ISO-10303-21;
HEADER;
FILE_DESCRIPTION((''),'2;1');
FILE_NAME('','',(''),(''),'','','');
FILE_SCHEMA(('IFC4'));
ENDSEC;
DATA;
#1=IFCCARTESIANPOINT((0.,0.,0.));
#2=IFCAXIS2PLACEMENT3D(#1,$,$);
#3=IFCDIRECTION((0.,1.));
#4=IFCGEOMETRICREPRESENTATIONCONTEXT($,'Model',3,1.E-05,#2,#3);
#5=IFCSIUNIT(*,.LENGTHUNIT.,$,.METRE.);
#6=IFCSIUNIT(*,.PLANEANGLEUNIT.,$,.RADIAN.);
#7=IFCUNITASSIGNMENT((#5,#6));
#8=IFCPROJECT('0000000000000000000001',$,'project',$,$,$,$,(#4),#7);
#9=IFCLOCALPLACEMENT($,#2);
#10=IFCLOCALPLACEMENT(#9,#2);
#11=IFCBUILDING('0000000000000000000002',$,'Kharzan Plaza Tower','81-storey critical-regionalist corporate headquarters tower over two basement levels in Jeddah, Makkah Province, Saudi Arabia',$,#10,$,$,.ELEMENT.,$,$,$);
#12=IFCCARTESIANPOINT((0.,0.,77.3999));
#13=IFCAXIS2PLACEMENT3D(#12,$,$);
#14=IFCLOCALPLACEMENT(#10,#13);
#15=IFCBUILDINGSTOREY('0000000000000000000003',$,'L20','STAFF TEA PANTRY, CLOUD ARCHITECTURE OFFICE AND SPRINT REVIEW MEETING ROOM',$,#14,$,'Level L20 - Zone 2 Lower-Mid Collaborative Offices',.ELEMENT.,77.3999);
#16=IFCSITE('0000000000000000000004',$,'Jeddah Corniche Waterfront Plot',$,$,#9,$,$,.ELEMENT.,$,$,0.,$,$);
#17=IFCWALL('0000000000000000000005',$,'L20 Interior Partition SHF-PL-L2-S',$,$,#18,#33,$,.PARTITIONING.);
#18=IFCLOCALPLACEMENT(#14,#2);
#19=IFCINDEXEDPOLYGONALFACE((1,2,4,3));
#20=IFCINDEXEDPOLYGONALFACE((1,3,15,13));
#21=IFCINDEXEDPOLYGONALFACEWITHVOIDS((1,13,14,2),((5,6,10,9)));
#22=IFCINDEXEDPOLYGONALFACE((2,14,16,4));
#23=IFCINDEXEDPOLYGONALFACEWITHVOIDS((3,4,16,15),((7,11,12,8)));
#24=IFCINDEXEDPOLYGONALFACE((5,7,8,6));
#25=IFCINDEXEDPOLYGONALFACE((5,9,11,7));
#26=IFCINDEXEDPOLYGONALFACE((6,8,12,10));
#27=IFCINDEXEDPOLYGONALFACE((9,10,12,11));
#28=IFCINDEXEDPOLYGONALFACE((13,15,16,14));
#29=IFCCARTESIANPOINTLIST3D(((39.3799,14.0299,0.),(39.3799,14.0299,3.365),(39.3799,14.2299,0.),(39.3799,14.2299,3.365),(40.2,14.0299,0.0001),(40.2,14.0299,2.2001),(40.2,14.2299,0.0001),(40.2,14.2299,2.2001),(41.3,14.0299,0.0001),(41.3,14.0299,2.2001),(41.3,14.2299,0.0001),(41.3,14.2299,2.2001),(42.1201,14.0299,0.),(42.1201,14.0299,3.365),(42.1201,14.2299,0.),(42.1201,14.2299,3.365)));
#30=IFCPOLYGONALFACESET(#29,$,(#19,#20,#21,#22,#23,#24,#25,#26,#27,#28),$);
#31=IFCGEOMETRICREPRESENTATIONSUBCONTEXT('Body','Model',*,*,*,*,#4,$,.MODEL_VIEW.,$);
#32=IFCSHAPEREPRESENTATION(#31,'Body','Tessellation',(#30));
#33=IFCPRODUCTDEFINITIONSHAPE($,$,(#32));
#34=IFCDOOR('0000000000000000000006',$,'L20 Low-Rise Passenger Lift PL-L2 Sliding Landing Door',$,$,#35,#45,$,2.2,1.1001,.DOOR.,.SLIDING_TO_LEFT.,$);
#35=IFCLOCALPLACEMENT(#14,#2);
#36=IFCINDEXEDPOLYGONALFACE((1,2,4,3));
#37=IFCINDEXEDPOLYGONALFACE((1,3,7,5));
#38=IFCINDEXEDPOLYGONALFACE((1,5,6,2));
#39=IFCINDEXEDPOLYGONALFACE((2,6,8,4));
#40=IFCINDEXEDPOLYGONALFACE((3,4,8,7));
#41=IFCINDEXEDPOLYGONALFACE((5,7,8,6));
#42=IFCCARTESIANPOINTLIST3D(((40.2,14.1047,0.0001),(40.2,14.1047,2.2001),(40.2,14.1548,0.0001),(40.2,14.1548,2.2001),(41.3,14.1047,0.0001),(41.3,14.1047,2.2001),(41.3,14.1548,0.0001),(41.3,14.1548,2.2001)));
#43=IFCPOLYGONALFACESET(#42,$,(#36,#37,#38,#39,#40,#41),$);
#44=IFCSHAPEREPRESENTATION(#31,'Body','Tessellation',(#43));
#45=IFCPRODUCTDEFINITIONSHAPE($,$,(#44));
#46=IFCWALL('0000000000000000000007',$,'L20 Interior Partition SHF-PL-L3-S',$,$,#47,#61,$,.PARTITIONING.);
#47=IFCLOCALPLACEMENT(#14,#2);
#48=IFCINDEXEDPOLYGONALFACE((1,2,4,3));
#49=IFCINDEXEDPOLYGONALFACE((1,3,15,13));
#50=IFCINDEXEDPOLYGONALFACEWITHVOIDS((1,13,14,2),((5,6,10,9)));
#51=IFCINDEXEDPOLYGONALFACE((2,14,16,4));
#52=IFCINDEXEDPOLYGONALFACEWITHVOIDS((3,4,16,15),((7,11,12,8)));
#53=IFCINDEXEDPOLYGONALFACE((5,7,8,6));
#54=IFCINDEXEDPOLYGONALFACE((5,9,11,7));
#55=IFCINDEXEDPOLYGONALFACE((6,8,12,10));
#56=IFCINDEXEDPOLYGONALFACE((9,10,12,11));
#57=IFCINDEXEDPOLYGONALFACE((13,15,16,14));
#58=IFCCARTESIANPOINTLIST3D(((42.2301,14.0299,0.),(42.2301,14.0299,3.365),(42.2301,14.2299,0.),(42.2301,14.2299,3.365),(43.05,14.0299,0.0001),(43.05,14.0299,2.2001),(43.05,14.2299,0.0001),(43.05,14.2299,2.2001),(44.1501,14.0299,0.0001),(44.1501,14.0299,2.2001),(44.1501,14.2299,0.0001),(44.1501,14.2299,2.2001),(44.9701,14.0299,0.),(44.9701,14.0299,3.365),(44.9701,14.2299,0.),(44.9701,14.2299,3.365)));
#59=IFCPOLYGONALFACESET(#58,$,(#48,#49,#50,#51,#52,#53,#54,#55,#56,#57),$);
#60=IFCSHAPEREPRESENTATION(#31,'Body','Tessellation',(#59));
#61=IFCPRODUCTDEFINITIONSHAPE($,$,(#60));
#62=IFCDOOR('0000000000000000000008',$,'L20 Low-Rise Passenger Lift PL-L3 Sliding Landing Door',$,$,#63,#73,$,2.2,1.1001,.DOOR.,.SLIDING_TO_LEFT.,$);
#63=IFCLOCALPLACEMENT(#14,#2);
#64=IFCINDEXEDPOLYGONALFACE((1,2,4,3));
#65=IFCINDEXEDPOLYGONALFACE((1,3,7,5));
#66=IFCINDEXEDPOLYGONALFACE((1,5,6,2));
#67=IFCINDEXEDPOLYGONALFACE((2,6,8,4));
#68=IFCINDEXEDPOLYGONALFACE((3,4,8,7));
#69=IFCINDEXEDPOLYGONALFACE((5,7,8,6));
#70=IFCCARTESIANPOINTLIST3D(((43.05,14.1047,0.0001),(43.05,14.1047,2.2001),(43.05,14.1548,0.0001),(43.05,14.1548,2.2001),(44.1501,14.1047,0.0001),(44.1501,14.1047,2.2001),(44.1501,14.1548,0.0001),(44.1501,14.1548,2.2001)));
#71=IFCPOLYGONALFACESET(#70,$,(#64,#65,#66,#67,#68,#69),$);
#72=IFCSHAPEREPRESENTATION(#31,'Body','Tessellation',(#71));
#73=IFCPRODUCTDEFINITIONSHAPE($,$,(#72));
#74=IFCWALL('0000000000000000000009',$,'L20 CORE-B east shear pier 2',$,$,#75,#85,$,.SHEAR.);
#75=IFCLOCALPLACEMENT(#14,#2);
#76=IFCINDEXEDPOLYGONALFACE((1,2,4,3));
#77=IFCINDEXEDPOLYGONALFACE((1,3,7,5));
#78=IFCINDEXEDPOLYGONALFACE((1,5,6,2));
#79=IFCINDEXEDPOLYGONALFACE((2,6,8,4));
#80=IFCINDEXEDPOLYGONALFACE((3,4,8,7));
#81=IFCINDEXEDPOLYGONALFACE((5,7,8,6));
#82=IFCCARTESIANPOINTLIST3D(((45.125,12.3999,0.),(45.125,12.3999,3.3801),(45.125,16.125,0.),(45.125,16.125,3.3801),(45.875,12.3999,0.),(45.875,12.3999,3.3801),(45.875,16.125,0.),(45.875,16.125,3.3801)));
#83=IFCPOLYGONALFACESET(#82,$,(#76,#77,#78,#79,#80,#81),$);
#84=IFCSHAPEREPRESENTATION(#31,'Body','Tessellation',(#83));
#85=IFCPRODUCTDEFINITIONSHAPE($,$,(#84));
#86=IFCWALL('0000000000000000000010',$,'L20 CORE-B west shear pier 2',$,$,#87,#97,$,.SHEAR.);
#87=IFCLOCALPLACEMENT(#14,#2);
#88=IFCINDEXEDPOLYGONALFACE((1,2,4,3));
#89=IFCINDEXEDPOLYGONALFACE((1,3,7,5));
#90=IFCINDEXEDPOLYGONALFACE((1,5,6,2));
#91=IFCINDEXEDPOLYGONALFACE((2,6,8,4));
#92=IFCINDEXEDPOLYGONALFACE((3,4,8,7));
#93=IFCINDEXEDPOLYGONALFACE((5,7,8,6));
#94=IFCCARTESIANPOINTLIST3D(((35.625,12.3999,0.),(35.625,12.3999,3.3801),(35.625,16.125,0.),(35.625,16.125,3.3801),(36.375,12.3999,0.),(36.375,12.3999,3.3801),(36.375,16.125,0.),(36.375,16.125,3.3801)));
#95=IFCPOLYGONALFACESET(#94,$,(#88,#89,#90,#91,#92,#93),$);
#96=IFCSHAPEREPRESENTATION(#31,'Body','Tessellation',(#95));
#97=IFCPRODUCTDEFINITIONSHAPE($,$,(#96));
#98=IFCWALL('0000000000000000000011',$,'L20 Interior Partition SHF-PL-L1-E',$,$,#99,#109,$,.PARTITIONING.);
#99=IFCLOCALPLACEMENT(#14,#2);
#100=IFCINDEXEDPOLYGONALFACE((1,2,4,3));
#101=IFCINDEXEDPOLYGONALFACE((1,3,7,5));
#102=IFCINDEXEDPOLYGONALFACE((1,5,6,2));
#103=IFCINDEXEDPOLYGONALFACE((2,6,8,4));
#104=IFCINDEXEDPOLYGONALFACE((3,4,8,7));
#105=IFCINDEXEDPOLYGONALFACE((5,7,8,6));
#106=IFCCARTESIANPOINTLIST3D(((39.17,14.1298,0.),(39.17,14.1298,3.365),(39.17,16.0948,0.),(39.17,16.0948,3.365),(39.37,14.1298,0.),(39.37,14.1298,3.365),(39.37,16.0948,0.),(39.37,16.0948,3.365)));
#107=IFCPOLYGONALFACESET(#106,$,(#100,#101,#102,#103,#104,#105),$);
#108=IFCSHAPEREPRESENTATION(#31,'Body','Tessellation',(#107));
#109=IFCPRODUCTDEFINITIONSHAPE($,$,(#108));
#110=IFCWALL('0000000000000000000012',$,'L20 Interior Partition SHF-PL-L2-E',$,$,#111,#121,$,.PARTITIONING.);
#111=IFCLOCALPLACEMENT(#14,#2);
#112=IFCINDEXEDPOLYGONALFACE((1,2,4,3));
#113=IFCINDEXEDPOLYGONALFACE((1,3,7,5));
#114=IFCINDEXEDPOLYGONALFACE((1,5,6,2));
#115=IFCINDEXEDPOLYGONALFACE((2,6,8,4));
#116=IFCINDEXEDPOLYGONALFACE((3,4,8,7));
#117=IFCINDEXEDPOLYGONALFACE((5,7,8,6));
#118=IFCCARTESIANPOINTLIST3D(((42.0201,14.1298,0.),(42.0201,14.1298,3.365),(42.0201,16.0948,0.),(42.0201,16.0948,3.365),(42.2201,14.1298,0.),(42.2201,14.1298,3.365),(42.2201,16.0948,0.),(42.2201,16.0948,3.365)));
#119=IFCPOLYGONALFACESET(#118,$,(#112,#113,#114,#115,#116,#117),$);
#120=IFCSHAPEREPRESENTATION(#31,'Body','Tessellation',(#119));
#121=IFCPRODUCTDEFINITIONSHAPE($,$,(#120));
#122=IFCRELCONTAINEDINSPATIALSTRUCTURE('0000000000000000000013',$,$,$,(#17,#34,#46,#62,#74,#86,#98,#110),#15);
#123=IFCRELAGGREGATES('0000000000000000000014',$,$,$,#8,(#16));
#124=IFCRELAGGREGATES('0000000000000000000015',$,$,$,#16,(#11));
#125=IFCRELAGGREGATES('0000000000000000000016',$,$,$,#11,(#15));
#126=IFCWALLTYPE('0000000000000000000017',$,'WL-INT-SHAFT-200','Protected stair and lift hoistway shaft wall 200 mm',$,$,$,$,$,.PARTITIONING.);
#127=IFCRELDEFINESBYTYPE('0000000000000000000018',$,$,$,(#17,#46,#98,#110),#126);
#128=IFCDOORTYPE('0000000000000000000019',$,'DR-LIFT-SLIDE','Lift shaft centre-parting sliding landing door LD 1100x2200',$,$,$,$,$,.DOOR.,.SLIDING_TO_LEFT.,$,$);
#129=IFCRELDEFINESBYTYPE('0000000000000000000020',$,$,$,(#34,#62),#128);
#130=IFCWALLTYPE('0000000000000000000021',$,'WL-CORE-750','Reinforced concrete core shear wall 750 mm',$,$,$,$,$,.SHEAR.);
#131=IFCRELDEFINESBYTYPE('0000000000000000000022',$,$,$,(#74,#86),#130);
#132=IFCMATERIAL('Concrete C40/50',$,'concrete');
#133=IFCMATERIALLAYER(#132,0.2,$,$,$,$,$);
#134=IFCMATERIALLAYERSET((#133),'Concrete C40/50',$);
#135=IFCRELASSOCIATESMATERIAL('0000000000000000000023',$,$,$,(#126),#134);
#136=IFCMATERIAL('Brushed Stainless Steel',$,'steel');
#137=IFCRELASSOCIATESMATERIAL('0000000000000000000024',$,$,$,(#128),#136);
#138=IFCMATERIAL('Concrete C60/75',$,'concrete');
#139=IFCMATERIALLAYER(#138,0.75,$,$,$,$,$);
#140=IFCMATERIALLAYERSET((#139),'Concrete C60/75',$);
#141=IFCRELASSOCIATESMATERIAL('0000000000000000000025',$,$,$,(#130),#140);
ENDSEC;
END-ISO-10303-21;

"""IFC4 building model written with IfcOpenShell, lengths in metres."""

from ifc_helpers import new_model, si_unit, direction, frame, frame_2d, origin, place, context, subcontext, project, spatial, rectangle, extrude, source, transform, mapped, material, layer, layer_set, type_object, element, fill, save


model = new_model("IFC4")

# Units and contexts
model_context = context("Model", 3, precision=1e-05, world=origin(), true_north=direction((0.0, 1.0)))
body_context = subcontext(model_context, "Body", "Model", "MODEL_VIEW")
ifc_project = project(units=[si_unit("LENGTHUNIT", "METRE"), si_unit("PLANEANGLEUNIT", "RADIAN")], contexts=[model_context])

# Site, building, storey
site_placement = place(None, origin())
site = spatial("IfcSite", under=ifc_project, at=site_placement, Name="Jeddah Corniche Waterfront Plot", CompositionType="ELEMENT", RefElevation=0.0)
building_placement = place(site_placement, origin())
building = spatial("IfcBuilding", under=site, at=building_placement, Name="Kharzan Plaza Tower", Description="81-storey critical-regionalist corporate headquarters tower over two basement levels in Jeddah, Makkah Province, Saudi Arabia", CompositionType="ELEMENT")
storey_placement = place(building_placement, frame((0.0, 0.0, 77.3999)))
storey = spatial("IfcBuildingStorey", under=building, at=storey_placement, Name="L20", Description="STAFF TEA PANTRY, CLOUD ARCHITECTURE OFFICE AND SPRINT REVIEW MEETING ROOM", LongName="Level L20 - Zone 2 Lower-Mid Collaborative Offices", CompositionType="ELEMENT", Elevation=77.3999)

# Shared definitions
ifc_material_1 = material(Name="Concrete C60/75", Category="concrete")

# Shared definitions
ifc_material_2 = material(Name="Concrete C40/50", Category="concrete")

# Walls, openings, doors
ifc_layer_1 = layer(ifc_material_2, 0.2)
ifc_layer_set_1 = layer_set([ifc_layer_1], Name="Concrete C40/50")
wall_type_1 = type_object("IfcWallType", Name="WL-INT-SHAFT-200", Description="Protected stair and lift hoistway shaft wall 200 mm", PredefinedType="PARTITIONING", material=ifc_layer_set_1)
ifc_material_3 = material(Name="Brushed Stainless Steel", Category="steel")
door_type = type_object("IfcDoorType", Name="DR-LIFT-SLIDE", Description="Lift shaft centre-parting sliding landing door LD 1100x2200", OperationType="SLIDING_TO_LEFT", PredefinedType="DOOR", material=ifc_material_3)
shared_shape_1 = source(origin(), body_context, "Body", "SweptSolid", [
    extrude(rectangle(XDim=1.1001, YDim=2.2, at=frame_2d((0.55, 1.1001))), frame((0.0, 0.0249, 0.0), z_axis=(0.0, -1.0, 0.0), x_axis=(1.0, 0.0, 0.0)), (0.0, 0.0, 1.0), 0.05),
])
wall_1_placement = place(storey_placement, frame((39.3799, 14.1299, 0.0), z_axis=(0.0, 0.0, 1.0), x_axis=(1.0, 0.0, 0.0)))
wall_1 = element("IfcWall", 1, at=wall_1_placement, inside=storey, type_object=wall_type_1, Name="L20 Interior Partition SHF-PL-L2-S", PredefinedType="PARTITIONING", context=body_context, shape_type="SweptSolid", body=[
    extrude(rectangle(XDim=2.7402, YDim=0.2, at=frame_2d((1.3701, 0.0))), origin(), (0.0, 0.0, 1.0), 3.365),
])
opening_1_placement = place(wall_1_placement, frame((0.8201, 0.0, 0.0)))
opening_1 = element("IfcOpeningElement", 2, at=opening_1_placement, cuts=wall_1, PredefinedType="OPENING", context=body_context, shape_type="SweptSolid", body=[
    extrude(rectangle(XDim=1.1001, YDim=2.2, at=frame_2d((0.55, 1.1001))), frame((0.0, 0.1099, 0.0), z_axis=(0.0, -1.0, 0.0), x_axis=(1.0, 0.0, 0.0)), (0.0, 0.0, 1.0), 0.22),
])
door_1_placement = place(opening_1_placement, origin())
door_1 = element("IfcDoor", 3, at=door_1_placement, inside=storey, type_object=door_type, Name="L20 Low-Rise Passenger Lift PL-L2 Sliding Landing Door", OperationType="SLIDING_TO_LEFT", OverallHeight=2.2, OverallWidth=1.1001, PredefinedType="DOOR", context=body_context, shape_type="MappedRepresentation", body=[
    mapped(shared_shape_1, transform((0.0, 0.0, 0.0), x_axis=(1.0, 0.0, 0.0), y_axis=(0.0, 1.0, 0.0), z_axis=(0.0, 0.0, 1.0))),
])
fill(opening_1, door_1)
wall_2_placement = place(storey_placement, frame((42.23, 14.1299, 0.0), z_axis=(0.0, 0.0, 1.0), x_axis=(1.0, 0.0, 0.0)))
wall_2 = element("IfcWall", 4, at=wall_2_placement, inside=storey, type_object=wall_type_1, Name="L20 Interior Partition SHF-PL-L3-S", PredefinedType="PARTITIONING", context=body_context, shape_type="SweptSolid", body=[
    extrude(rectangle(XDim=2.74, YDim=0.2, at=frame_2d((1.3701, 0.0))), origin(), (0.0, 0.0, 1.0), 3.365),
])
opening_2_placement = place(wall_2_placement, frame((0.8201, 0.0, 0.0)))
opening_2 = element("IfcOpeningElement", 5, at=opening_2_placement, cuts=wall_2, PredefinedType="OPENING", context=body_context, shape_type="SweptSolid", body=[
    extrude(rectangle(XDim=1.1001, YDim=2.2, at=frame_2d((0.55, 1.1001))), frame((0.0, 0.1099, 0.0), z_axis=(0.0, -1.0, 0.0), x_axis=(1.0, 0.0, 0.0)), (0.0, 0.0, 1.0), 0.22),
])
door_2_placement = place(opening_2_placement, origin())
door_2 = element("IfcDoor", 6, at=door_2_placement, inside=storey, type_object=door_type, Name="L20 Low-Rise Passenger Lift PL-L3 Sliding Landing Door", OperationType="SLIDING_TO_LEFT", OverallHeight=2.2, OverallWidth=1.1001, PredefinedType="DOOR", context=body_context, shape_type="MappedRepresentation", body=[
    mapped(shared_shape_1, transform((0.0, 0.0, 0.0), x_axis=(1.0, 0.0, 0.0), y_axis=(0.0, 1.0, 0.0), z_axis=(0.0, 0.0, 1.0))),
])
fill(opening_2, door_2)

# Walls
ifc_layer_2 = layer(ifc_material_1, 0.75)
ifc_layer_set_2 = layer_set([ifc_layer_2], Name="Concrete C60/75")
wall_type_2 = type_object("IfcWallType", Name="WL-CORE-750", Description="Reinforced concrete core shear wall 750 mm", PredefinedType="SHEAR", material=ifc_layer_set_2)
shared_shape_2 = source(origin(), body_context, "Body", "SweptSolid", [
    extrude(rectangle(XDim=3.7251, YDim=0.75, at=frame_2d((1.8625, 0.0))), origin(), (0.0, 0.0, 1.0), 3.3801),
])
for number, where, z_axis, x_axis, name in (
    (7, (45.5, 12.3999, 0.0), (0.0, 0.0, 1.0), (0.0, 1.0, 0.0), "L20 CORE-B east shear pier 2"),
    (8, (36.0, 12.3999, 0.0), (0.0, 0.0, 1.0), (0.0, 1.0, 0.0), "L20 CORE-B west shear pier 2"),
):
    element("IfcWall", number, at=place(storey_placement, frame(where, z_axis=z_axis, x_axis=x_axis)), inside=storey, type_object=wall_type_2, Name=name, PredefinedType="SHEAR", context=body_context, shape_type="MappedRepresentation", body=[
        mapped(shared_shape_2, transform((0.0, 0.0, 0.0), x_axis=(1.0, 0.0, 0.0), y_axis=(0.0, 1.0, 0.0), z_axis=(0.0, 0.0, 1.0))),
    ])
shared_shape_3 = source(origin(), body_context, "Body", "SweptSolid", [
    extrude(rectangle(XDim=1.9651, YDim=0.2, at=frame_2d((0.9824, 0.0))), origin(), (0.0, 0.0, 1.0), 3.365),
])
for number, where, z_axis, x_axis, name in (
    (9, (39.27, 14.1299, 0.0), (0.0, 0.0, 1.0), (0.0, 1.0, 0.0), "L20 Interior Partition SHF-PL-L1-E"),
    (10, (42.1201, 14.1299, 0.0), (0.0, 0.0, 1.0), (0.0, 1.0, 0.0), "L20 Interior Partition SHF-PL-L2-E"),
):
    element("IfcWall", number, at=place(storey_placement, frame(where, z_axis=z_axis, x_axis=x_axis)), inside=storey, type_object=wall_type_1, Name=name, PredefinedType="PARTITIONING", context=body_context, shape_type="MappedRepresentation", body=[
        mapped(shared_shape_3, transform((0.0, 0.0, 0.0), x_axis=(1.0, 0.0, 0.0), y_axis=(0.0, 1.0, 0.0), z_axis=(0.0, 0.0, 1.0))),
    ])

save(model, "model.ifc")
